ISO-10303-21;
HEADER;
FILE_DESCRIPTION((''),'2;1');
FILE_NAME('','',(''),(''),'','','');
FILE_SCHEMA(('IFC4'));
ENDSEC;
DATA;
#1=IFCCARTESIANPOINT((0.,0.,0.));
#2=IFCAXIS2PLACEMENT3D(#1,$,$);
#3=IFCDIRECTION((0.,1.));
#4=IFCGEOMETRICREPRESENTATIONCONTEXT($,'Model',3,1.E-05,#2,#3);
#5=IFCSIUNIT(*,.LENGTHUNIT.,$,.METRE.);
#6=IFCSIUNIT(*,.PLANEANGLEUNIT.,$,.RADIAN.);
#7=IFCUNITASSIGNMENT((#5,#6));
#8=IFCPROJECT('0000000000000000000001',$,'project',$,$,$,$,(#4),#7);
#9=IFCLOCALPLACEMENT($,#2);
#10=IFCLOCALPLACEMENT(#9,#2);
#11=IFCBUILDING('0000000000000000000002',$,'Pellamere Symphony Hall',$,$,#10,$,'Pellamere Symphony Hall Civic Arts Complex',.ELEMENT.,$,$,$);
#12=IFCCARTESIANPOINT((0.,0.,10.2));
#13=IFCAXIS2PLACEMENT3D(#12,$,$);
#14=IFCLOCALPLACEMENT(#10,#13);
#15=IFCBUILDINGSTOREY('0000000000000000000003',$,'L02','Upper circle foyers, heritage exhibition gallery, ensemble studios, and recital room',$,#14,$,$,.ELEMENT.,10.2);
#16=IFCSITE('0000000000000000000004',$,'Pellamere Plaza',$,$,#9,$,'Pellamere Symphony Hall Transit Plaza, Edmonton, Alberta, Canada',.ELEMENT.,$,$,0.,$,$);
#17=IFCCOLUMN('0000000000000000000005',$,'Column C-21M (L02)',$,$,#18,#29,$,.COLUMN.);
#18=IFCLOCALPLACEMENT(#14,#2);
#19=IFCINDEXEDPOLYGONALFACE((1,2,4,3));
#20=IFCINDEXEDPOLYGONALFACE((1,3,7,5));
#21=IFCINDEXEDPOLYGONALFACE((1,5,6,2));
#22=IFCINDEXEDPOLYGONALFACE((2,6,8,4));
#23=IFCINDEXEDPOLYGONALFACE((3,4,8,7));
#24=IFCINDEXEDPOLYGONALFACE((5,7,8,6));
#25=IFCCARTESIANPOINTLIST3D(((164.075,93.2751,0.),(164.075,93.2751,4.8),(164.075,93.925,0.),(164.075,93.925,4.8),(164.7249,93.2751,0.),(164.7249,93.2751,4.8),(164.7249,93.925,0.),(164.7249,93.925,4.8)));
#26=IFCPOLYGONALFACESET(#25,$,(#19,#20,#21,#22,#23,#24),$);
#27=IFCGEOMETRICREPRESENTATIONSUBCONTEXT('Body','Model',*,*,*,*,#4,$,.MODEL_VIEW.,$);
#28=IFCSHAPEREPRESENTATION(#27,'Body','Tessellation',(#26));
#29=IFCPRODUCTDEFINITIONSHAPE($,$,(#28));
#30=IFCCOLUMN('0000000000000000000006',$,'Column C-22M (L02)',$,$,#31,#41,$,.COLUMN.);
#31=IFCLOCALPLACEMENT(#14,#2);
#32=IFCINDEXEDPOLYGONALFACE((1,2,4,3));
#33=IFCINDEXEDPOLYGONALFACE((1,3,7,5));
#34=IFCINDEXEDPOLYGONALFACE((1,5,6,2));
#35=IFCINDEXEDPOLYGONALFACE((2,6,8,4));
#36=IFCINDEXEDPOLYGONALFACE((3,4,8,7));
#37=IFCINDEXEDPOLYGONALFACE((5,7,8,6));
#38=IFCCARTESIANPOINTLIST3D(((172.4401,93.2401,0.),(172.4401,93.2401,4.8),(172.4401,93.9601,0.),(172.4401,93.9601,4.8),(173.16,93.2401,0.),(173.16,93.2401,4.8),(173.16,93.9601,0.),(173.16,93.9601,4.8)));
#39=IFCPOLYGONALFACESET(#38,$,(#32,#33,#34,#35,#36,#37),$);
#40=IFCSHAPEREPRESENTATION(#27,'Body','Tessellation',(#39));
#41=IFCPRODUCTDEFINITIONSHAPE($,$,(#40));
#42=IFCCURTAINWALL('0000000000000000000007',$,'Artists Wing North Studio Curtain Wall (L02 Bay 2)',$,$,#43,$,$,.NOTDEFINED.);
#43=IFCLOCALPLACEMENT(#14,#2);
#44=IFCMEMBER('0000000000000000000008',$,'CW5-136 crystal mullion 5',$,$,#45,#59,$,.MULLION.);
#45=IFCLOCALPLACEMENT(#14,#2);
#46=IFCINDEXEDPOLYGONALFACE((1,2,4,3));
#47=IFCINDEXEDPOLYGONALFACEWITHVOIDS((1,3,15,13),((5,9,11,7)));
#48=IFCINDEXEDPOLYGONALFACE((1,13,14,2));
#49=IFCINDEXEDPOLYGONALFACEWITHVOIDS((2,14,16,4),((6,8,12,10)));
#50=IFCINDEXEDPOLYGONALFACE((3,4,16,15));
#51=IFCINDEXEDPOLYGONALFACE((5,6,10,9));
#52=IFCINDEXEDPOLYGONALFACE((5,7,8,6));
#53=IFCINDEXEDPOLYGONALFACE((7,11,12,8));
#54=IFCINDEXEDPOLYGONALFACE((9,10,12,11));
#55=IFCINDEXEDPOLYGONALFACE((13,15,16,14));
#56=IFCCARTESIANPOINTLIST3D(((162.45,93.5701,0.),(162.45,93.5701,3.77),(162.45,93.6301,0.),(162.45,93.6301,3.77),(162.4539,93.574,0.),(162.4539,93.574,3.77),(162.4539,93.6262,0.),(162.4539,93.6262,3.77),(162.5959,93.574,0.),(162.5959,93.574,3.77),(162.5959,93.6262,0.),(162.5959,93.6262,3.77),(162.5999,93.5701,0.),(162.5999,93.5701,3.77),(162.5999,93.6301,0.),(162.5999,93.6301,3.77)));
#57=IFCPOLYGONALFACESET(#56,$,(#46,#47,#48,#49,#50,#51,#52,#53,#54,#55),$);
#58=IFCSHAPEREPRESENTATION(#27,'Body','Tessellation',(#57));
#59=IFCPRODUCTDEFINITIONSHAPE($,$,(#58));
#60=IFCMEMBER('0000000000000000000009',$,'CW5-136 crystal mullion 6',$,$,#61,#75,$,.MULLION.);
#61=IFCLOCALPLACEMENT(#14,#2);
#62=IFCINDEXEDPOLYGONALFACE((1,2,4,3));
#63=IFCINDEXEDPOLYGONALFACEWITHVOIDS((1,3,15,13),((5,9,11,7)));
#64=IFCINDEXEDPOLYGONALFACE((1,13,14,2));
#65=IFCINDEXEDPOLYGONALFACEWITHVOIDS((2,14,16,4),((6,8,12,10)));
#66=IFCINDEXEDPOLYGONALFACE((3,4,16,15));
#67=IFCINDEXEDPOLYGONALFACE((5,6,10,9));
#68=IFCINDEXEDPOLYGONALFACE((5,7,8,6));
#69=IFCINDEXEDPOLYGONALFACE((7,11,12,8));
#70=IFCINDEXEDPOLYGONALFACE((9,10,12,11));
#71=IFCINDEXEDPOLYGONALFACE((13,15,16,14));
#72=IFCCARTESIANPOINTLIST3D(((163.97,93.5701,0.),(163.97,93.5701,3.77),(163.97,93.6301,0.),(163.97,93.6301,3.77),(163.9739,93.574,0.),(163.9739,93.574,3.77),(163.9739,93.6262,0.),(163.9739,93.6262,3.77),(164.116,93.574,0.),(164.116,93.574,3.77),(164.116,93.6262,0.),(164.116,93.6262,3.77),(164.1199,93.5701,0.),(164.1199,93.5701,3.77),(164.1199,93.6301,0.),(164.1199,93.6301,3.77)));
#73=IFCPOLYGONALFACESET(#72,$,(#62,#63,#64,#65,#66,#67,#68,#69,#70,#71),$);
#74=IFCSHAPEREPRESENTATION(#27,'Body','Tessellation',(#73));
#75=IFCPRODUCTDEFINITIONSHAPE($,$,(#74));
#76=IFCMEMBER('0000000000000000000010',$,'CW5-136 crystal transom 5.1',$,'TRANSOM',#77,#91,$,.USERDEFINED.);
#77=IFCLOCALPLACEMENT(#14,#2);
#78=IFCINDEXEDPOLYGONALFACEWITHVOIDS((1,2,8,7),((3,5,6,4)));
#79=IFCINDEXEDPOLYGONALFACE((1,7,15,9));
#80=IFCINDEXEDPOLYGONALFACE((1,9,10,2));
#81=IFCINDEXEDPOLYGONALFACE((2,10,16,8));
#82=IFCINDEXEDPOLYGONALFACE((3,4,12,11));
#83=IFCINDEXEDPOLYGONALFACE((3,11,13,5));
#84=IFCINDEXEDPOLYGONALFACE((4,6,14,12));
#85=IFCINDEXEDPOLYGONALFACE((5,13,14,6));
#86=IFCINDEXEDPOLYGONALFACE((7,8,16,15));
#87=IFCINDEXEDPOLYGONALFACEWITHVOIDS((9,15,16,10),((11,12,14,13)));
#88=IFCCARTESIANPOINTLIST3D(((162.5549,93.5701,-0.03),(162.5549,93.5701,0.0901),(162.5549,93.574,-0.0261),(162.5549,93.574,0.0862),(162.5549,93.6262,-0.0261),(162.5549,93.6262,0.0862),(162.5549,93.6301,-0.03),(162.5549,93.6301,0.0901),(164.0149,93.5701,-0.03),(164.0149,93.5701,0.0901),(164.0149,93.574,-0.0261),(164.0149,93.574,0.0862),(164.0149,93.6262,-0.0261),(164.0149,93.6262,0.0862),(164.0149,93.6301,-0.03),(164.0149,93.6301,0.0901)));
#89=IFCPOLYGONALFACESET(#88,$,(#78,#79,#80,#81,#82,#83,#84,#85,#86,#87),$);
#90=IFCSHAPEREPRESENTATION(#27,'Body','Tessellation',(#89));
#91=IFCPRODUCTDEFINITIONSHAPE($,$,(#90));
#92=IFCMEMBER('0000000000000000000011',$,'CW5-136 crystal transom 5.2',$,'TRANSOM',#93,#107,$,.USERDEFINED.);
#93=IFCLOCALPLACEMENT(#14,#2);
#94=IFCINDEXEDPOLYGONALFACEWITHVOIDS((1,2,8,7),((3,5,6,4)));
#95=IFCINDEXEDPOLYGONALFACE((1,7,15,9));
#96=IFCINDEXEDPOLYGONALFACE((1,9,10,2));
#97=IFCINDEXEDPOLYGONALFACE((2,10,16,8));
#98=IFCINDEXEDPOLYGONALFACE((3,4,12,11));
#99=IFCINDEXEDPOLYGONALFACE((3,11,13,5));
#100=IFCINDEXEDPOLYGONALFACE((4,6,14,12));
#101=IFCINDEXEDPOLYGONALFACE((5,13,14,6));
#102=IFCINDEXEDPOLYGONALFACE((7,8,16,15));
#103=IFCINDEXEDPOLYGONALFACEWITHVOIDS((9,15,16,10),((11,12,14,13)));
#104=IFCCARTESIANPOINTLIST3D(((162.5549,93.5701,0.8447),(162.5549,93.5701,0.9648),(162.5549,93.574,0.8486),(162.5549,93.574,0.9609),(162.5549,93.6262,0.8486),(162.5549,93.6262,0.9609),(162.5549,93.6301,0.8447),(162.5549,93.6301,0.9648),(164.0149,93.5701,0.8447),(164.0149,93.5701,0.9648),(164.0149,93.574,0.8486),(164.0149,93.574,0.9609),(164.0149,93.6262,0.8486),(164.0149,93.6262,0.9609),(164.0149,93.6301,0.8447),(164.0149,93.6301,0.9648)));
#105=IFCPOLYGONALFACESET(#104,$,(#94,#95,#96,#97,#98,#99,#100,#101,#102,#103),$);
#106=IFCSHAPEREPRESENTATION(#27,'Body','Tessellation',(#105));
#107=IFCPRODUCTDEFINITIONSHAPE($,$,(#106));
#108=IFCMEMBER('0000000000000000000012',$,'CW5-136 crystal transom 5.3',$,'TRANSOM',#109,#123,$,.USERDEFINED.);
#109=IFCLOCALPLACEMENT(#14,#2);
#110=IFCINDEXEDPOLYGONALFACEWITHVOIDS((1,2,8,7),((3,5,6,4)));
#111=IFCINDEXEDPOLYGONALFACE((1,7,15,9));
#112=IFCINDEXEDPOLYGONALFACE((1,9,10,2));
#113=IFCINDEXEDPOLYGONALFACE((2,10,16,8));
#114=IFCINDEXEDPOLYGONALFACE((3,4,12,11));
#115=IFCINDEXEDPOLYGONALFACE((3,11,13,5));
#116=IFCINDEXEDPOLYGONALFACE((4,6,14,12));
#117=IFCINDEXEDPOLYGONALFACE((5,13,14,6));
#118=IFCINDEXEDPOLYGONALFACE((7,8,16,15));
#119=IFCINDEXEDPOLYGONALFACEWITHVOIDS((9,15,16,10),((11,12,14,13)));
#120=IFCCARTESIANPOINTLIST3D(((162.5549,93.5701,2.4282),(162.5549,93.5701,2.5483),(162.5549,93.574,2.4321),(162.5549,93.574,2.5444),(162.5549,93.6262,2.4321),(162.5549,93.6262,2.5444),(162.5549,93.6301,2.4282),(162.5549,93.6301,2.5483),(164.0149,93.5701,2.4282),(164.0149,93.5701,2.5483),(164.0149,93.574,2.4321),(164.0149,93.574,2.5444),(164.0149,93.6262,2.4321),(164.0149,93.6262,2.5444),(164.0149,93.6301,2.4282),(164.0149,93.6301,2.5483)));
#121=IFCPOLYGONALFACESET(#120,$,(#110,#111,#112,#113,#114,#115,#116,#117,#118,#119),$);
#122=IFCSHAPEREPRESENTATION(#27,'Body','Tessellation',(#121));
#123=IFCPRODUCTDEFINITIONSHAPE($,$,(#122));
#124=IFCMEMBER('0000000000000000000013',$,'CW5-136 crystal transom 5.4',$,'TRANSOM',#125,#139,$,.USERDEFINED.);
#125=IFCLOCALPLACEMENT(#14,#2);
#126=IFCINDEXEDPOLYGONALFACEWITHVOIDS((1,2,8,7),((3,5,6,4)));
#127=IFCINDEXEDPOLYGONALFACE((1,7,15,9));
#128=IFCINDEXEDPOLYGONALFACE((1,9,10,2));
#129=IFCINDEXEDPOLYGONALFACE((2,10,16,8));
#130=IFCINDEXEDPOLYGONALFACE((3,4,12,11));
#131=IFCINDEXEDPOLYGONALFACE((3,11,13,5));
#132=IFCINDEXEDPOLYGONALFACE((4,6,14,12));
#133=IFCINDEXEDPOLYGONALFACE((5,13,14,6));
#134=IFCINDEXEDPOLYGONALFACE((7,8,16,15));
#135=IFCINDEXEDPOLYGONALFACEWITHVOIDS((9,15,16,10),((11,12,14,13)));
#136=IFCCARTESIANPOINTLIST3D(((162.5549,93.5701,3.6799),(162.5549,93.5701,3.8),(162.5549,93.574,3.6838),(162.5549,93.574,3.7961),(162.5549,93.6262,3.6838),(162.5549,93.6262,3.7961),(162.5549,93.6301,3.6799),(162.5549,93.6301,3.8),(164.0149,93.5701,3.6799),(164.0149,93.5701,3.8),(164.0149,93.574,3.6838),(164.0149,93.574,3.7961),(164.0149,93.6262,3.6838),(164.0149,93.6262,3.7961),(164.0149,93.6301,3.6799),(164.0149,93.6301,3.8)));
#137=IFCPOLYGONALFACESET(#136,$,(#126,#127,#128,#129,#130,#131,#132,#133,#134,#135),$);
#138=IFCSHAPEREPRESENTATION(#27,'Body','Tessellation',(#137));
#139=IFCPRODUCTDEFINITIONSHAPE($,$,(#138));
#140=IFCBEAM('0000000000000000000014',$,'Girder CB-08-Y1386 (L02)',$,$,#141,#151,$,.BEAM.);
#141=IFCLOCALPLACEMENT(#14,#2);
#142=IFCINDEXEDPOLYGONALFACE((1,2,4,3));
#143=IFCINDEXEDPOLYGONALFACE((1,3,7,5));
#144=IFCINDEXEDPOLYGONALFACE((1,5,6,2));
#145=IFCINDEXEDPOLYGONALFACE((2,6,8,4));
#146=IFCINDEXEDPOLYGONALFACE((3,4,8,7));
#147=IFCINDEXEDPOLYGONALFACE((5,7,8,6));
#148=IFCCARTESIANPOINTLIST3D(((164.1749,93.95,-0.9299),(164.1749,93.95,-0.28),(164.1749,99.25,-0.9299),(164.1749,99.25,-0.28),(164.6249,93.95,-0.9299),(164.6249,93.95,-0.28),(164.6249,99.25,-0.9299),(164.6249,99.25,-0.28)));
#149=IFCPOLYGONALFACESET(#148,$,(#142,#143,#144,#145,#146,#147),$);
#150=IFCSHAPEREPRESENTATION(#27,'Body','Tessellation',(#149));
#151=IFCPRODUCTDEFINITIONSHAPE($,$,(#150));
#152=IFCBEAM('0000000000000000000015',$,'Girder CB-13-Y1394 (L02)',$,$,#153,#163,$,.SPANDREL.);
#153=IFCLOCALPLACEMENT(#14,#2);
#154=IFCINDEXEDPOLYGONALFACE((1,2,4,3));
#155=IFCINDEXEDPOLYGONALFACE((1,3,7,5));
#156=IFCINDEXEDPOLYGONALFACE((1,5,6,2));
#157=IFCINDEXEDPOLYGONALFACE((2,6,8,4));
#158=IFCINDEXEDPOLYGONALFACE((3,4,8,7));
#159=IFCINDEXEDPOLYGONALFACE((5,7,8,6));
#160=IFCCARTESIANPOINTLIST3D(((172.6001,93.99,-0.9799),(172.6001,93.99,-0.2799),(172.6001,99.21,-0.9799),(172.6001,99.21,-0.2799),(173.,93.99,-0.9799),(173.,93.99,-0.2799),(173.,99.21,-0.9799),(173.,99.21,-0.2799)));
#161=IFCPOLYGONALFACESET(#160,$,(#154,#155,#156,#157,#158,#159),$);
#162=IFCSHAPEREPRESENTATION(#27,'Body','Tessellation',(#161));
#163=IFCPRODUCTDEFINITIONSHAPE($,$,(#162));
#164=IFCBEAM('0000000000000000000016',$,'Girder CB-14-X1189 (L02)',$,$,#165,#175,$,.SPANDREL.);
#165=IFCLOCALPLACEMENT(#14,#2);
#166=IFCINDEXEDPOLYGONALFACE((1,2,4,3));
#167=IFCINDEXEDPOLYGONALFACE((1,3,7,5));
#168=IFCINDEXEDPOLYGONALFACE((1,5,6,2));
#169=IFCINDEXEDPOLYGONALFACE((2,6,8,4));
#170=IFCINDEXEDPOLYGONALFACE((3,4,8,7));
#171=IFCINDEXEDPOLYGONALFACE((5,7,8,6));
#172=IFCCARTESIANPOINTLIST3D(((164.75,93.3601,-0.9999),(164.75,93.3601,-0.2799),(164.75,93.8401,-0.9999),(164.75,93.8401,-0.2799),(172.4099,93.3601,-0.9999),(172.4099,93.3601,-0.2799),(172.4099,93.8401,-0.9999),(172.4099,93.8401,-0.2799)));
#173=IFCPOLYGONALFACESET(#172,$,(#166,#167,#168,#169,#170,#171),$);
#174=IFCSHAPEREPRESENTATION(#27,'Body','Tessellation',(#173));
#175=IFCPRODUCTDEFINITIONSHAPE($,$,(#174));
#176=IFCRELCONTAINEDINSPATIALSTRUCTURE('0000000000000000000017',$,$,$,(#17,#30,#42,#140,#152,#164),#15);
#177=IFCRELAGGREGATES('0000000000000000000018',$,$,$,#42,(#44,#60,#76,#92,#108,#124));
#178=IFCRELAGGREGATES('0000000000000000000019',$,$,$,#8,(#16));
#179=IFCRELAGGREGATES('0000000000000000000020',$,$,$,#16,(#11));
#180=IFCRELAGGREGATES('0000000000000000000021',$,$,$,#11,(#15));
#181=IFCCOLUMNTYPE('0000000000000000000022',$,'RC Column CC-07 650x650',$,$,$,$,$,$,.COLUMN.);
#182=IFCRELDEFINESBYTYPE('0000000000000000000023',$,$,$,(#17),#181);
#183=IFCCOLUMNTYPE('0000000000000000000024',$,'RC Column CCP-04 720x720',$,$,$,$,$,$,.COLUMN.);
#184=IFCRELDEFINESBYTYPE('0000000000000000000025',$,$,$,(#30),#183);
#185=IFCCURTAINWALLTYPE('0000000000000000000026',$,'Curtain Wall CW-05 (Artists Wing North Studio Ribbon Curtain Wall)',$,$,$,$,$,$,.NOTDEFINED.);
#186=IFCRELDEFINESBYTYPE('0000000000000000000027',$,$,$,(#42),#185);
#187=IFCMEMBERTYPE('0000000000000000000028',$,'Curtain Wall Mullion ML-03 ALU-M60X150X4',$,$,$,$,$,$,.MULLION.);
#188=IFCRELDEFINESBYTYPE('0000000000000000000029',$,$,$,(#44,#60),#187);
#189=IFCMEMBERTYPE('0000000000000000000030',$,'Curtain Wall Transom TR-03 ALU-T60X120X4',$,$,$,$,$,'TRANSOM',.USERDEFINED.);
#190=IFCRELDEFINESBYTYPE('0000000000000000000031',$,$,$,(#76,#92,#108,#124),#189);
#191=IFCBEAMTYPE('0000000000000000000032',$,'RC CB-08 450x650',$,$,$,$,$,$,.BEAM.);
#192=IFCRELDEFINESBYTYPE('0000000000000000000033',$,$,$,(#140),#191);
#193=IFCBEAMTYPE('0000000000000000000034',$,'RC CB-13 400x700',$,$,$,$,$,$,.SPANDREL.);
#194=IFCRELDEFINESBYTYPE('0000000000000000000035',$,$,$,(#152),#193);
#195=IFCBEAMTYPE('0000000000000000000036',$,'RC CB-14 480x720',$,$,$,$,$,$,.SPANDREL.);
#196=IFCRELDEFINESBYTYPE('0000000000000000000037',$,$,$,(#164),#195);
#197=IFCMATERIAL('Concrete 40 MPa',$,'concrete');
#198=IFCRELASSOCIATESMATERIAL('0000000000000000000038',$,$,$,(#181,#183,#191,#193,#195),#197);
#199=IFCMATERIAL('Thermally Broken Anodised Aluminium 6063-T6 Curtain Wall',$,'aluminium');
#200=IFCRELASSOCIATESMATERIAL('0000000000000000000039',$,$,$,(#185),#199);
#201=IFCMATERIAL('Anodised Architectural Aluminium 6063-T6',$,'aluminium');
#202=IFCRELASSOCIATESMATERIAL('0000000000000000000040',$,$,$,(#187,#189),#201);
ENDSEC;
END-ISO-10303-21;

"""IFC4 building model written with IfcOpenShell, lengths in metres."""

from ifc_helpers import new_model, si_unit, direction, frame, origin, origin_2d, place, context, subcontext, project, spatial, rectangle, hollow_rectangle, extrude, material, material_profile, profile_set, type_object, element, aggregate, save


model = new_model("IFC4")

# Units and contexts
model_context = context("Model", 3, precision=1e-05, world=origin(), true_north=direction((0.0, 1.0)))
body_context = subcontext(model_context, "Body", "Model", "MODEL_VIEW")
ifc_project = project(units=[si_unit("LENGTHUNIT", "METRE"), si_unit("PLANEANGLEUNIT", "RADIAN")], contexts=[model_context])

# Site, building, storey
site_placement = place(None, origin())
site = spatial("IfcSite", under=ifc_project, at=site_placement, Name="Pellamere Plaza", LongName="Pellamere Symphony Hall Transit Plaza, Edmonton, Alberta, Canada", CompositionType="ELEMENT", RefElevation=0.0)
building_placement = place(site_placement, origin())
building = spatial("IfcBuilding", under=site, at=building_placement, Name="Pellamere Symphony Hall", LongName="Pellamere Symphony Hall Civic Arts Complex", CompositionType="ELEMENT")
storey_placement = place(building_placement, frame((0.0, 0.0, 10.2)))
storey = spatial("IfcBuildingStorey", under=building, at=storey_placement, Name="L02", Description="Upper circle foyers, heritage exhibition gallery, ensemble studios, and recital room", CompositionType="ELEMENT", Elevation=10.2)

# Columns
ifc_material_1 = material(Name="Concrete 40 MPa", Category="concrete")
ifc_material_profile_1 = material_profile(ifc_material_1, rectangle(XDim=0.6499, YDim=0.6499, at=origin_2d()), Name="RC 650x650")
ifc_profile_set_1 = profile_set([ifc_material_profile_1], Name="Concrete 40 MPa")
column_type_1 = type_object("IfcColumnType", Name="RC Column CC-07 650x650", PredefinedType="COLUMN", material=ifc_profile_set_1)
column_1_placement = place(storey_placement, frame((164.3999, 93.6001, 0.0), z_axis=(0.0, 0.0, 1.0), x_axis=(1.0, 0.0, 0.0)))
element("IfcColumn", 1, at=column_1_placement, inside=storey, type_object=column_type_1, Name="Column C-21M (L02)", PredefinedType="COLUMN", context=body_context, shape_type="SweptSolid", body=[
    extrude(rectangle(XDim=0.6499, YDim=0.6499, at=origin_2d()), origin(), (0.0, 0.0, 1.0), 4.8),
])
ifc_material_profile_2 = material_profile(ifc_material_1, rectangle(XDim=0.72, YDim=0.72, at=origin_2d()), Name="RC 720x720")
ifc_profile_set_2 = profile_set([ifc_material_profile_2], Name="Concrete 40 MPa")
column_type_2 = type_object("IfcColumnType", Name="RC Column CCP-04 720x720", PredefinedType="COLUMN", material=ifc_profile_set_2)
column_2_placement = place(storey_placement, frame((172.8, 93.6001, 0.0), z_axis=(0.0, 0.0, 1.0), x_axis=(1.0, 0.0, 0.0)))
element("IfcColumn", 2, at=column_2_placement, inside=storey, type_object=column_type_2, Name="Column C-22M (L02)", PredefinedType="COLUMN", context=body_context, shape_type="SweptSolid", body=[
    extrude(rectangle(XDim=0.72, YDim=0.72, at=origin_2d()), origin(), (0.0, 0.0, 1.0), 4.8),
])

# Curtain wall, members
ifc_material_2 = material(Name="Thermally Broken Anodised Aluminium 6063-T6 Curtain Wall", Category="aluminium")
curtain_wall_type = type_object("IfcCurtainWallType", Name="Curtain Wall CW-05 (Artists Wing North Studio Ribbon Curtain Wall)", PredefinedType="NOTDEFINED", material=ifc_material_2)
curtain_wall_placement = place(storey_placement, origin())
curtain_wall = element("IfcCurtainWall", 3, at=curtain_wall_placement, inside=storey, type_object=curtain_wall_type, Name="Artists Wing North Studio Curtain Wall (L02 Bay 2)", PredefinedType="NOTDEFINED")
ifc_material_3 = material(Name="Anodised Architectural Aluminium 6063-T6", Category="aluminium")
ifc_material_profile_3 = material_profile(ifc_material_3, hollow_rectangle(XDim=0.0601, YDim=0.1499, WallThickness=0.0039, at=origin_2d()), Name="ALU-M60X150X4")
ifc_profile_set_3 = profile_set([ifc_material_profile_3], Name="Anodised Architectural Aluminium 6063-T6")
member_type_1 = type_object("IfcMemberType", Name="Curtain Wall Mullion ML-03 ALU-M60X150X4", PredefinedType="MULLION", material=ifc_profile_set_3)
member_1_placement = place(storey_placement, frame((162.5249, 93.6001, 0.0), z_axis=(0.0, 0.0, 1.0), x_axis=(0.0, 1.0, 0.0)))
member_1 = element("IfcMember", 4, at=member_1_placement, type_object=member_type_1, Name="CW5-136 crystal mullion 5", PredefinedType="MULLION", context=body_context, shape_type="SweptSolid", body=[
    extrude(hollow_rectangle(XDim=0.0601, YDim=0.1499, WallThickness=0.0039, at=origin_2d()), origin(), (0.0, 0.0, 1.0), 3.77),
])
member_2_placement = place(storey_placement, frame((164.0449, 93.6001, 0.0), z_axis=(0.0, 0.0, 1.0), x_axis=(0.0, 1.0, 0.0)))
member_2 = element("IfcMember", 5, at=member_2_placement, type_object=member_type_1, Name="CW5-136 crystal mullion 6", PredefinedType="MULLION", context=body_context, shape_type="SweptSolid", body=[
    extrude(hollow_rectangle(XDim=0.0601, YDim=0.1499, WallThickness=0.0039, at=origin_2d()), origin(), (0.0, 0.0, 1.0), 3.77),
])
ifc_material_profile_4 = material_profile(ifc_material_3, hollow_rectangle(XDim=0.0601, YDim=0.1201, WallThickness=0.0039, at=origin_2d()), Name="ALU-T60X120X4")
ifc_profile_set_4 = profile_set([ifc_material_profile_4], Name="Anodised Architectural Aluminium 6063-T6")
member_type_2 = type_object("IfcMemberType", Name="Curtain Wall Transom TR-03 ALU-T60X120X4", ElementType="TRANSOM", PredefinedType="USERDEFINED", material=ifc_profile_set_4)
member_3_placement = place(storey_placement, frame((162.5549, 93.6001, 0.03), z_axis=(1.0, 0.0, 0.0), x_axis=(0.0, 1.0, 0.0)))
member_3 = element("IfcMember", 6, at=member_3_placement, type_object=member_type_2, Name="CW5-136 crystal transom 5.1", ObjectType="TRANSOM", PredefinedType="USERDEFINED", context=body_context, shape_type="SweptSolid", body=[
    extrude(hollow_rectangle(XDim=0.0601, YDim=0.1201, WallThickness=0.0039, at=origin_2d()), origin(), (0.0, 0.0, 1.0), 1.46),
])
member_4_placement = place(storey_placement, frame((162.5549, 93.6001, 0.9048), z_axis=(1.0, 0.0, 0.0), x_axis=(0.0, 1.0, 0.0)))
member_4 = element("IfcMember", 7, at=member_4_placement, type_object=member_type_2, Name="CW5-136 crystal transom 5.2", ObjectType="TRANSOM", PredefinedType="USERDEFINED", context=body_context, shape_type="SweptSolid", body=[
    extrude(hollow_rectangle(XDim=0.0601, YDim=0.1201, WallThickness=0.0039, at=origin_2d()), origin(), (0.0, 0.0, 1.0), 1.46),
])
member_5_placement = place(storey_placement, frame((162.5549, 93.6001, 2.4883), z_axis=(1.0, 0.0, 0.0), x_axis=(0.0, 1.0, 0.0)))
member_5 = element("IfcMember", 8, at=member_5_placement, type_object=member_type_2, Name="CW5-136 crystal transom 5.3", ObjectType="TRANSOM", PredefinedType="USERDEFINED", context=body_context, shape_type="SweptSolid", body=[
    extrude(hollow_rectangle(XDim=0.0601, YDim=0.1201, WallThickness=0.0039, at=origin_2d()), origin(), (0.0, 0.0, 1.0), 1.46),
])
member_6_placement = place(storey_placement, frame((162.5549, 93.6001, 3.74), z_axis=(1.0, 0.0, 0.0), x_axis=(0.0, 1.0, 0.0)))
member_6 = element("IfcMember", 9, at=member_6_placement, type_object=member_type_2, Name="CW5-136 crystal transom 5.4", ObjectType="TRANSOM", PredefinedType="USERDEFINED", context=body_context, shape_type="SweptSolid", body=[
    extrude(hollow_rectangle(XDim=0.0601, YDim=0.1201, WallThickness=0.0039, at=origin_2d()), origin(), (0.0, 0.0, 1.0), 1.46),
])

# Beams
ifc_material_profile_5 = material_profile(ifc_material_1, rectangle(XDim=0.45, YDim=0.6499, at=origin_2d()), Name="RC 450x650")
ifc_profile_set_5 = profile_set([ifc_material_profile_5], Name="Concrete 40 MPa")
beam_type_1 = type_object("IfcBeamType", Name="RC CB-08 450x650", PredefinedType="BEAM", material=ifc_profile_set_5)
beam_1_placement = place(storey_placement, frame((164.3999, 93.95, -0.605), z_axis=(0.0, 1.0, 0.0), x_axis=(-1.0, 0.0, 0.0)))
element("IfcBeam", 10, at=beam_1_placement, inside=storey, type_object=beam_type_1, Name="Girder CB-08-Y1386 (L02)", PredefinedType="BEAM", context=body_context, shape_type="SweptSolid", body=[
    extrude(rectangle(XDim=0.45, YDim=0.6499, at=origin_2d()), origin(), (0.0, 0.0, 1.0), 5.3),
])
ifc_material_profile_6 = material_profile(ifc_material_1, rectangle(XDim=0.3999, YDim=0.7, at=origin_2d()), Name="RC 400x700")
ifc_profile_set_6 = profile_set([ifc_material_profile_6], Name="Concrete 40 MPa")
beam_type_2 = type_object("IfcBeamType", Name="RC CB-13 400x700", PredefinedType="SPANDREL", material=ifc_profile_set_6)
beam_2_placement = place(storey_placement, frame((172.8, 93.99, -0.6299), z_axis=(0.0, 1.0, 0.0), x_axis=(-1.0, 0.0, 0.0)))
element("IfcBeam", 11, at=beam_2_placement, inside=storey, type_object=beam_type_2, Name="Girder CB-13-Y1394 (L02)", PredefinedType="SPANDREL", context=body_context, shape_type="SweptSolid", body=[
    extrude(rectangle(XDim=0.3999, YDim=0.7, at=origin_2d()), origin(), (0.0, 0.0, 1.0), 5.22),
])
ifc_material_profile_7 = material_profile(ifc_material_1, rectangle(XDim=0.48, YDim=0.72, at=origin_2d()), Name="RC 480x720")
ifc_profile_set_7 = profile_set([ifc_material_profile_7], Name="Concrete 40 MPa")
beam_type_3 = type_object("IfcBeamType", Name="RC CB-14 480x720", PredefinedType="SPANDREL", material=ifc_profile_set_7)
beam_3_placement = place(storey_placement, frame((164.75, 93.6001, -0.6399), z_axis=(1.0, 0.0, 0.0), x_axis=(0.0, 1.0, 0.0)))
element("IfcBeam", 12, at=beam_3_placement, inside=storey, type_object=beam_type_3, Name="Girder CB-14-X1189 (L02)", PredefinedType="SPANDREL", context=body_context, shape_type="SweptSolid", body=[
    extrude(rectangle(XDim=0.48, YDim=0.72, at=origin_2d()), origin(), (0.0, 0.0, 1.0), 7.6599),
])

aggregate(curtain_wall, [member_1, member_2, member_3, member_4, member_5, member_6])

save(model, "model.ifc")
